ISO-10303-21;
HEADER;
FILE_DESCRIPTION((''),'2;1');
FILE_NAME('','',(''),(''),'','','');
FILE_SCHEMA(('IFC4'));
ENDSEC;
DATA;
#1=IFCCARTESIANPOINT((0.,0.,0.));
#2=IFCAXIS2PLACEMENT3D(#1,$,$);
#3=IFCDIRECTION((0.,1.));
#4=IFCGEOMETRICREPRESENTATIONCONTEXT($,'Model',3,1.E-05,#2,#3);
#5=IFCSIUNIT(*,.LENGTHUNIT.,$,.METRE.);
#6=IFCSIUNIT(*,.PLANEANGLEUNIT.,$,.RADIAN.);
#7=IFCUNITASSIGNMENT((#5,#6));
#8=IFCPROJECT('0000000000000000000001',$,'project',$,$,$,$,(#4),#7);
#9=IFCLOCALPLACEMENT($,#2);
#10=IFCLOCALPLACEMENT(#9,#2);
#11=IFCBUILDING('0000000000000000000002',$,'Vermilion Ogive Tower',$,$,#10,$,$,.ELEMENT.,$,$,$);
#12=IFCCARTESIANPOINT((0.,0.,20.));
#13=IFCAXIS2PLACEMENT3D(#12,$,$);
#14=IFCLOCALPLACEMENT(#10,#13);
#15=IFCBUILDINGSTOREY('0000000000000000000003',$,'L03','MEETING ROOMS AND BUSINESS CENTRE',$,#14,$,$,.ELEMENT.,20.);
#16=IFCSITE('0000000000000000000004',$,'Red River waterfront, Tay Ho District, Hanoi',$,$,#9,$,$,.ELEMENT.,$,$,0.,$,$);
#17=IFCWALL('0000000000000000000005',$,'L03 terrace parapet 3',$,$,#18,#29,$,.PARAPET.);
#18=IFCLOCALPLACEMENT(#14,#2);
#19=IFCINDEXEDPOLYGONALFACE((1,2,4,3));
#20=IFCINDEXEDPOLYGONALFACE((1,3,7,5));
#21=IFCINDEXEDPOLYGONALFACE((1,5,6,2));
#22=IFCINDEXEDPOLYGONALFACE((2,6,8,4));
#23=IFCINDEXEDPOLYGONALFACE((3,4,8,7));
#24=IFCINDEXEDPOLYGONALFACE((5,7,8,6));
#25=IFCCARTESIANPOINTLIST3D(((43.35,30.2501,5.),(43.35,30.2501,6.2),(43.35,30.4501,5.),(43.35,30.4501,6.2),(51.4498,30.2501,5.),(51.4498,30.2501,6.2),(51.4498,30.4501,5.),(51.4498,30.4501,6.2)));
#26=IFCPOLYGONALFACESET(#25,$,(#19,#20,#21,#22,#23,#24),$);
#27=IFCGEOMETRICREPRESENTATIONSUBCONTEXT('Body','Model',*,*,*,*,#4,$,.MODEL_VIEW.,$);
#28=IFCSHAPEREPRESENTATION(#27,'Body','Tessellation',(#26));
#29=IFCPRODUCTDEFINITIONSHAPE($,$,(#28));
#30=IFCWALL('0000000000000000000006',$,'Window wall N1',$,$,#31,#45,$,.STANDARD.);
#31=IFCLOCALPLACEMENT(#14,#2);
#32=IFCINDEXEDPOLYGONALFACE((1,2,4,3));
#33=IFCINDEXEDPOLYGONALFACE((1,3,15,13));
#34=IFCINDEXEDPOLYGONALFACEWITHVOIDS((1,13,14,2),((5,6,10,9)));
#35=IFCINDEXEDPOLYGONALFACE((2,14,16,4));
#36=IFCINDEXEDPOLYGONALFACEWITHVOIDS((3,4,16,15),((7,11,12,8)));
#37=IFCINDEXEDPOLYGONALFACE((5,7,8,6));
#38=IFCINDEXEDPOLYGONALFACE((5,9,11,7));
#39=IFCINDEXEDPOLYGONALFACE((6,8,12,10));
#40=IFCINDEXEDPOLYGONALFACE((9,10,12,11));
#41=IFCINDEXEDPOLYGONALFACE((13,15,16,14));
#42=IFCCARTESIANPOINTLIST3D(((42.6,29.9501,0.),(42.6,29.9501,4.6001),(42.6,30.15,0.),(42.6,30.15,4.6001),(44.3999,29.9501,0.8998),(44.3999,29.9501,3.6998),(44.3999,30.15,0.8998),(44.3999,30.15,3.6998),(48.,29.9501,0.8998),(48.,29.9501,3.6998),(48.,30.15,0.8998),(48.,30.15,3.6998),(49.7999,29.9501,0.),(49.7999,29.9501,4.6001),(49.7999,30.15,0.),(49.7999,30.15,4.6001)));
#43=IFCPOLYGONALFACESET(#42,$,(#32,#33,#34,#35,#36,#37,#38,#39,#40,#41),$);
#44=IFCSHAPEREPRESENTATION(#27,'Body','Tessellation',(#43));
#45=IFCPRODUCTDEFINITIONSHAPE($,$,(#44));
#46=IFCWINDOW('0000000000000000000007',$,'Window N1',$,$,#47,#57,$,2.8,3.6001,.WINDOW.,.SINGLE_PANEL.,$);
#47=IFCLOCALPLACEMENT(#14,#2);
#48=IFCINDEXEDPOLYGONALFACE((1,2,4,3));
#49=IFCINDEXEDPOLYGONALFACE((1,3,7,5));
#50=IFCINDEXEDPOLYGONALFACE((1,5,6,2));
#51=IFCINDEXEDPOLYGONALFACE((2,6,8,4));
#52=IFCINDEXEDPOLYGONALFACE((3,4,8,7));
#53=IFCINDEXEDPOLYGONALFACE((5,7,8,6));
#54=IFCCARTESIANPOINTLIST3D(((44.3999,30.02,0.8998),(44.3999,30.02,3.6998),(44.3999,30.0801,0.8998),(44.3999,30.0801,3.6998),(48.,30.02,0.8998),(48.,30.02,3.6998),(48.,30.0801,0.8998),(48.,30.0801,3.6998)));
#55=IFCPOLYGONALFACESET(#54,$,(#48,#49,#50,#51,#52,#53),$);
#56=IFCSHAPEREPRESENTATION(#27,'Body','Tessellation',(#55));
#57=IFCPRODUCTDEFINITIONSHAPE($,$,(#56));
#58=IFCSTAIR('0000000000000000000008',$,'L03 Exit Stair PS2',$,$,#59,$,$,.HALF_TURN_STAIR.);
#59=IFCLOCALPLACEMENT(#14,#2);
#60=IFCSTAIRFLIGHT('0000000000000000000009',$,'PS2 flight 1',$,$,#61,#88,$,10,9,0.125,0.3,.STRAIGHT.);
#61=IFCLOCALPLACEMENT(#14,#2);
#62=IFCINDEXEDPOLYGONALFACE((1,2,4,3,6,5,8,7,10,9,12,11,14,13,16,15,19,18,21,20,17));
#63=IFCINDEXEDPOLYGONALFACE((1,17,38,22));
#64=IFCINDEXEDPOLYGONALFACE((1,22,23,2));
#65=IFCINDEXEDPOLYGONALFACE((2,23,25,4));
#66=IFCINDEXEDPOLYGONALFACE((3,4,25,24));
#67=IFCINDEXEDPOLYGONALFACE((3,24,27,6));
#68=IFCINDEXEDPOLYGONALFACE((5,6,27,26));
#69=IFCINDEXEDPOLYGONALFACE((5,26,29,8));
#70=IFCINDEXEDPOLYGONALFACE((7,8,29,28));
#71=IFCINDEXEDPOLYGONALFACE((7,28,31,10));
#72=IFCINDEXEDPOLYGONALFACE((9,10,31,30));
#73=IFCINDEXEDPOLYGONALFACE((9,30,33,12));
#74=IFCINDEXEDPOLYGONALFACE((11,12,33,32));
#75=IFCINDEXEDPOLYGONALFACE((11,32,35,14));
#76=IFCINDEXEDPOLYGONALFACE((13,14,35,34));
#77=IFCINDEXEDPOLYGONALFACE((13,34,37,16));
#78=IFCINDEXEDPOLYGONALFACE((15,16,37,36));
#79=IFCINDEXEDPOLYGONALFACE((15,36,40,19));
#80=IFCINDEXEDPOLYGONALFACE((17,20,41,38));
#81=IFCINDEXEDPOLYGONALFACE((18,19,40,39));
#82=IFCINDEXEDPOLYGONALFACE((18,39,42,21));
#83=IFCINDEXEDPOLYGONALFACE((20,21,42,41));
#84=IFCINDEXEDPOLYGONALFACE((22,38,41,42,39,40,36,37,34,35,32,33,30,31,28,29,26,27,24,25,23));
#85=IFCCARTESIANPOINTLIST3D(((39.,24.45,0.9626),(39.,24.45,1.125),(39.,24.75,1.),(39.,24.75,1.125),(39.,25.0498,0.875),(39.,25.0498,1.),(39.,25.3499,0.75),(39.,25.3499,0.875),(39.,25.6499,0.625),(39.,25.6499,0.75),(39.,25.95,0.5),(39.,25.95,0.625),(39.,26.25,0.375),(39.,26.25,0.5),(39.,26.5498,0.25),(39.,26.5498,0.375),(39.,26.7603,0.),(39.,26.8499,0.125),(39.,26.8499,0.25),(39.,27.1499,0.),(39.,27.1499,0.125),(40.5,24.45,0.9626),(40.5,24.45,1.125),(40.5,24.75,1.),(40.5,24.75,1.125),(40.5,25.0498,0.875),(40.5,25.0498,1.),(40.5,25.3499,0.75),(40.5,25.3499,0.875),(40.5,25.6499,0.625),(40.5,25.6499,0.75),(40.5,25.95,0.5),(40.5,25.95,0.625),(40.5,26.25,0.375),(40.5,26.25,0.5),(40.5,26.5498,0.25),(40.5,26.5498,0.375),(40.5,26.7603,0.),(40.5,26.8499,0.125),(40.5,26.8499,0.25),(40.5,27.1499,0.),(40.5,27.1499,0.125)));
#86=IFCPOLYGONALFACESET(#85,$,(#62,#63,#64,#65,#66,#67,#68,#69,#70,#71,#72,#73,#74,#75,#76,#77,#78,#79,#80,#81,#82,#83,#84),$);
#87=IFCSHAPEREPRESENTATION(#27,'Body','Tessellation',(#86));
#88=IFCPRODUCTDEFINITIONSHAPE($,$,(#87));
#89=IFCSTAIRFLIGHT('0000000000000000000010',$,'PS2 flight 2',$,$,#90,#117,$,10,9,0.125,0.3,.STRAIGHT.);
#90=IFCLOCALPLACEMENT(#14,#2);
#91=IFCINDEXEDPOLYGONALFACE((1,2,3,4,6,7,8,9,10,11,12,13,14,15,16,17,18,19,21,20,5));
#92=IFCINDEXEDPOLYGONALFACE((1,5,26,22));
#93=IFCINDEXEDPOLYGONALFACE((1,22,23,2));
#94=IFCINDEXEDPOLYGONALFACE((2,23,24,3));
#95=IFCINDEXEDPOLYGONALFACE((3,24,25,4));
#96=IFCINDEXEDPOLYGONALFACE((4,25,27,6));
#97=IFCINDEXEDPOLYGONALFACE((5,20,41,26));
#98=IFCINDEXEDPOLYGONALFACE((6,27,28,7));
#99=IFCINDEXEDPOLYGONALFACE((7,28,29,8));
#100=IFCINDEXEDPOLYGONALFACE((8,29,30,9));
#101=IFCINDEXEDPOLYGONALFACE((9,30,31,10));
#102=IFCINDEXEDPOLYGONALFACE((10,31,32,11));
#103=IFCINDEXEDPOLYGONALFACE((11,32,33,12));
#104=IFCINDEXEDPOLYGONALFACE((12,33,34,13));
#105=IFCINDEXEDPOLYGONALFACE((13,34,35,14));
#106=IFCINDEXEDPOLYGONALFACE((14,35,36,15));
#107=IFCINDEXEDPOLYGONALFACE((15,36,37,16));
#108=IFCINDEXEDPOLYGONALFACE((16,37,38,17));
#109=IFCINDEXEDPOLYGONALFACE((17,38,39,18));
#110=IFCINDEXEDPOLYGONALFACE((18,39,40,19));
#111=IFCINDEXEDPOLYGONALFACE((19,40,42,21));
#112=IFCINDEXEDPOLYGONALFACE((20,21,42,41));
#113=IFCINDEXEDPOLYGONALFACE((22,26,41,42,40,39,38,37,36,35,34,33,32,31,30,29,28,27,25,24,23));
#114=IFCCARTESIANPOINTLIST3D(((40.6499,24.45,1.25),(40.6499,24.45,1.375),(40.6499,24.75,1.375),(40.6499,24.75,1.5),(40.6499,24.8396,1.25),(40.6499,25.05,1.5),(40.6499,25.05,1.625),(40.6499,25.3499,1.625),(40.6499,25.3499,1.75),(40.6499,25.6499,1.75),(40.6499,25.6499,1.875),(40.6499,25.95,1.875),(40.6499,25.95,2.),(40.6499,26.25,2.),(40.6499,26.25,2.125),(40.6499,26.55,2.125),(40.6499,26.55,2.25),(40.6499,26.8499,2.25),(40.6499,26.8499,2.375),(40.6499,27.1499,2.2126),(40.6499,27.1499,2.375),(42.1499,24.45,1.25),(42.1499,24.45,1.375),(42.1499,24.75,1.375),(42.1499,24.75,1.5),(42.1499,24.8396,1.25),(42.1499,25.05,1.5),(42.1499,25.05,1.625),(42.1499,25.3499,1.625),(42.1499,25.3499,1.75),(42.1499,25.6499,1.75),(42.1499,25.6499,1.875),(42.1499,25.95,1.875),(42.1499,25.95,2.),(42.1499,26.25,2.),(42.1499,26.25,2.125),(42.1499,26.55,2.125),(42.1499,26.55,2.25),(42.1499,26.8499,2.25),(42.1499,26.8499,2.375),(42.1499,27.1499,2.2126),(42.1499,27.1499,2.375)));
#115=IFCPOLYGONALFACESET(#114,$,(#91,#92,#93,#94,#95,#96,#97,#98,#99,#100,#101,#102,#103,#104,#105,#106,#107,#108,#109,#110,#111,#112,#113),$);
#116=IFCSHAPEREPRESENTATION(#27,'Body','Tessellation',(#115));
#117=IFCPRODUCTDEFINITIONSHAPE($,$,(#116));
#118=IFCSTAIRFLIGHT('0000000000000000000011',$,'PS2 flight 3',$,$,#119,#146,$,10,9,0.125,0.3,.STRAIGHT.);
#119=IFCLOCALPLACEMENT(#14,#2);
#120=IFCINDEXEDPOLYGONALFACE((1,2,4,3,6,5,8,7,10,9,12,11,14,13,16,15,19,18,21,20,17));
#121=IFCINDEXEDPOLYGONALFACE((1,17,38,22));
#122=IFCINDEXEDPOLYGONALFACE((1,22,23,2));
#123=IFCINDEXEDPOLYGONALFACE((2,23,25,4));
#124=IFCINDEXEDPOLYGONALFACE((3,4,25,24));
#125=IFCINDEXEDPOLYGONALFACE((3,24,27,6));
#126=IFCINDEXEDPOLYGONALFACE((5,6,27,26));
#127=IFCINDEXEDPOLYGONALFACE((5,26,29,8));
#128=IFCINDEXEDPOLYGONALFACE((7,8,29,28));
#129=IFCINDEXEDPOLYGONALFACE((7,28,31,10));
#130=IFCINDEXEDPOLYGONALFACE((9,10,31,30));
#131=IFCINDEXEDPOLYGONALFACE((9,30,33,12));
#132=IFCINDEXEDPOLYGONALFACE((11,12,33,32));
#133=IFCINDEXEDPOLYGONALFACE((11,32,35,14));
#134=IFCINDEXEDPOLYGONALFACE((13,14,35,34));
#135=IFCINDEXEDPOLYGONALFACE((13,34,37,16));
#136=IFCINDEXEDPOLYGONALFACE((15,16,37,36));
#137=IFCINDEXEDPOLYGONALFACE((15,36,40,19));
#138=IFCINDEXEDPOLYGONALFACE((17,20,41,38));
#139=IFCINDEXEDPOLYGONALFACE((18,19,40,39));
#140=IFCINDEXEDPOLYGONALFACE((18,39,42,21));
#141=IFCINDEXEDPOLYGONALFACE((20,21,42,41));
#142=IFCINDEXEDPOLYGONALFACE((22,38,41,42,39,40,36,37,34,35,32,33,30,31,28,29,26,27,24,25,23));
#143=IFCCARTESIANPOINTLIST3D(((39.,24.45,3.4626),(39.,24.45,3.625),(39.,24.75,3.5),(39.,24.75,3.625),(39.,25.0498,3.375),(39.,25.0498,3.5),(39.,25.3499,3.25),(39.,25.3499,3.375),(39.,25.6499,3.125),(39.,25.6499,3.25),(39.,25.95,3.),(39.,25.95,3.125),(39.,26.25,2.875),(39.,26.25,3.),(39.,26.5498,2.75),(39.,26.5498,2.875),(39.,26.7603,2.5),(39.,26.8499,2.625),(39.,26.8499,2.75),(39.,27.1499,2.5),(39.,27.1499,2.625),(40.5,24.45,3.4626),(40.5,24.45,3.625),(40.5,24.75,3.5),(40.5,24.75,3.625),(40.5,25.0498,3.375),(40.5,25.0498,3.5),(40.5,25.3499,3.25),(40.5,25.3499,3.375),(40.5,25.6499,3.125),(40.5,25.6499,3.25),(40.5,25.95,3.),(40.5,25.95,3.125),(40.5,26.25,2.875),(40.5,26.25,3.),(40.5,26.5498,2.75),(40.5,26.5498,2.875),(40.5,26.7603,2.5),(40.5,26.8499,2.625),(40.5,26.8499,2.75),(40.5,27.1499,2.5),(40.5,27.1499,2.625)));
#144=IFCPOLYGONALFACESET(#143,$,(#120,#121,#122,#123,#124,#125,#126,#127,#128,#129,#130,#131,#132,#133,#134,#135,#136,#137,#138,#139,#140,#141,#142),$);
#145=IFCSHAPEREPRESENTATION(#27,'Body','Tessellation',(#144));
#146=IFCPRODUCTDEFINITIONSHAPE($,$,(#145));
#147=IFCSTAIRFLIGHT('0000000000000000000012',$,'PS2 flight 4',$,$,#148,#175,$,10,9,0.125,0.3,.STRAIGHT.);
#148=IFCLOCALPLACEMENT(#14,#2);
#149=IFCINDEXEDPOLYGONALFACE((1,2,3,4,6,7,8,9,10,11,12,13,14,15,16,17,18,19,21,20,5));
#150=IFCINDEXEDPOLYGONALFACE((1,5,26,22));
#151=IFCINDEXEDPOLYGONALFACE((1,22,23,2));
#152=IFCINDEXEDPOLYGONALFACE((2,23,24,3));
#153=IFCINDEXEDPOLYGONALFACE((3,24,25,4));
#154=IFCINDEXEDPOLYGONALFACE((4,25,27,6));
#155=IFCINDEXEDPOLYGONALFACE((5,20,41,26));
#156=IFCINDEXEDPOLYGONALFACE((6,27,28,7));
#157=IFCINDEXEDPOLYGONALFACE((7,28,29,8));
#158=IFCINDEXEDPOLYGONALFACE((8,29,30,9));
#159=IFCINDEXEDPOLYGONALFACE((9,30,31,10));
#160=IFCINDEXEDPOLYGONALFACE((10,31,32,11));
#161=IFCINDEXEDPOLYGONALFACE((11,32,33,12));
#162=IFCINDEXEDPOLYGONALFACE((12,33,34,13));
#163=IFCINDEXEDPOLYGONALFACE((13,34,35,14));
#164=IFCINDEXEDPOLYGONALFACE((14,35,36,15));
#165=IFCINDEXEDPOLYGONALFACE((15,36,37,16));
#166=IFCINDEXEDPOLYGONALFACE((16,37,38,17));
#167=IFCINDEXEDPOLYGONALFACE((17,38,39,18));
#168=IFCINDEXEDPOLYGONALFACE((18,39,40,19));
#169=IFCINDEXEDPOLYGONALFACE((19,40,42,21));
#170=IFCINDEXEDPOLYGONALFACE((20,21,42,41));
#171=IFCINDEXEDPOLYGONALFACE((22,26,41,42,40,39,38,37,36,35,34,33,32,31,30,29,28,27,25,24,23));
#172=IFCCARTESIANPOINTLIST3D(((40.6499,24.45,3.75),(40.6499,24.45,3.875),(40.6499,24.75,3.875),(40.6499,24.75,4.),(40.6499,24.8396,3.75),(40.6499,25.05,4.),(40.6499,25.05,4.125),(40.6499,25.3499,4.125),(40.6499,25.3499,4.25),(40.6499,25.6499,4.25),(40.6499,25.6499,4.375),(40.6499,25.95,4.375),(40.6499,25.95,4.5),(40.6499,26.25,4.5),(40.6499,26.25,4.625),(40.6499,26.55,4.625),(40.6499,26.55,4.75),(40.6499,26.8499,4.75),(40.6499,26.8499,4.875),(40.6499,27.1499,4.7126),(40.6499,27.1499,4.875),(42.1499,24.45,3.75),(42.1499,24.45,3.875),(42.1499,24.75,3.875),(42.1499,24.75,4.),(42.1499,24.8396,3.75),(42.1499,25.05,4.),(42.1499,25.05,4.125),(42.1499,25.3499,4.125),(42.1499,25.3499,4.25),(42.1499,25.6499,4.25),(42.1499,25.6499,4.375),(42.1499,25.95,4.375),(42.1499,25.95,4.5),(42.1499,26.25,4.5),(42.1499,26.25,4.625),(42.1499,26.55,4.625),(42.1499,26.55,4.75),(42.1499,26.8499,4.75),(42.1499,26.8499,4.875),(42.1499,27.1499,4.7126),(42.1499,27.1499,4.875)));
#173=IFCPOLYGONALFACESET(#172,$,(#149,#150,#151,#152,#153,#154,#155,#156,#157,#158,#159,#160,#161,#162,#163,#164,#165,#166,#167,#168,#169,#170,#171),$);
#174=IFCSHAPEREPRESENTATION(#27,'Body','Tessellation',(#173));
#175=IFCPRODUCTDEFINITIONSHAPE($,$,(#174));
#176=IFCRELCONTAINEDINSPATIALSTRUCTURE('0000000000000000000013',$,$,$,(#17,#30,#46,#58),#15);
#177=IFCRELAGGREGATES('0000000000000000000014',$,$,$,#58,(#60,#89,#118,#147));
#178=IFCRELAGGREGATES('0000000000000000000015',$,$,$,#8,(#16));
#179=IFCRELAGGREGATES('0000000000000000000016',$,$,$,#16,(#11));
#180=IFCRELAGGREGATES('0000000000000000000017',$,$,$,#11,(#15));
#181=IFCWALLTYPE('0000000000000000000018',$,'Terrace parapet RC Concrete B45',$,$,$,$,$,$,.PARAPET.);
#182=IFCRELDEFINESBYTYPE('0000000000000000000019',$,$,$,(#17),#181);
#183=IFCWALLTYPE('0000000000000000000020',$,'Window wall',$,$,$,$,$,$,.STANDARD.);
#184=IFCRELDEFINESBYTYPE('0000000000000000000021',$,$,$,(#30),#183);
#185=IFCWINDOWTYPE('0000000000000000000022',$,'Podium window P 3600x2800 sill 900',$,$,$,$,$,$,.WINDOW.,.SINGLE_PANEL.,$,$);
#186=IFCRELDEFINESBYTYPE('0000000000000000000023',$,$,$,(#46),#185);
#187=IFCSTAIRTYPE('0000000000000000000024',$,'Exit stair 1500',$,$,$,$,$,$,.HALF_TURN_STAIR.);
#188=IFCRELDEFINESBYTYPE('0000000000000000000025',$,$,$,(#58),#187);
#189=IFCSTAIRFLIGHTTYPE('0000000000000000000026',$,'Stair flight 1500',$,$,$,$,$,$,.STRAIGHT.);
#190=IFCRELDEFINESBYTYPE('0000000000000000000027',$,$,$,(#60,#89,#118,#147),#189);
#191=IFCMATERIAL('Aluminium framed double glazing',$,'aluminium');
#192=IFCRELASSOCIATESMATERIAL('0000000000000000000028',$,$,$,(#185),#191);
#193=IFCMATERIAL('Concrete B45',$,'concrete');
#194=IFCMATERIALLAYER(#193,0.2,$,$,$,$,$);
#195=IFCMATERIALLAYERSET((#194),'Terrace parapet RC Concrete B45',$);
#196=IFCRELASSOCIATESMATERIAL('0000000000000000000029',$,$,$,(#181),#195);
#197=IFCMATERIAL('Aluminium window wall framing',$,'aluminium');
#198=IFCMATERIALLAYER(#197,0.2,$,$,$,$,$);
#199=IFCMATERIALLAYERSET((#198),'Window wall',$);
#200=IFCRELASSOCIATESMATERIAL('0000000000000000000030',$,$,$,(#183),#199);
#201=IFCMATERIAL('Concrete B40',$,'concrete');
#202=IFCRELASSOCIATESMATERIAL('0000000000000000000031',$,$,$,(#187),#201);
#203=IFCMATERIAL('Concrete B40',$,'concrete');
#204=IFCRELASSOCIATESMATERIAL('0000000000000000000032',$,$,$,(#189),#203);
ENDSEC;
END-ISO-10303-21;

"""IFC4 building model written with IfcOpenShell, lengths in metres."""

from ifc_helpers import new_model, si_unit, direction, frame, frame_2d, origin, place, context, subcontext, project, spatial, polyline, rectangle, outline, extrude, material, layer, layer_set, type_object, element, fill, aggregate, save


model = new_model("IFC4")

# Units and contexts
model_context = context("Model", 3, precision=1e-05, world=origin(), true_north=direction((0.0, 1.0)))
body_context = subcontext(model_context, "Body", "Model", "MODEL_VIEW")
ifc_project = project(units=[si_unit("LENGTHUNIT", "METRE"), si_unit("PLANEANGLEUNIT", "RADIAN")], contexts=[model_context])

# Site, building, storey
site_placement = place(None, origin())
site = spatial("IfcSite", under=ifc_project, at=site_placement, Name="Red River waterfront, Tay Ho District, Hanoi", CompositionType="ELEMENT", RefElevation=0.0)
building_placement = place(site_placement, origin())
building = spatial("IfcBuilding", under=site, at=building_placement, Name="Vermilion Ogive Tower", CompositionType="ELEMENT")
storey_placement = place(building_placement, frame((0.0, 0.0, 20.0)))
storey = spatial("IfcBuildingStorey", under=building, at=storey_placement, Name="L03", Description="MEETING ROOMS AND BUSINESS CENTRE", CompositionType="ELEMENT", Elevation=20.0)

# Shared definitions
ifc_material_1 = material(Name="Aluminium framed double glazing", Category="aluminium")
window_type = type_object("IfcWindowType", Name="Podium window P 3600x2800 sill 900", PartitioningType="SINGLE_PANEL", PredefinedType="WINDOW", material=ifc_material_1)

# Wall
ifc_material_2 = material(Name="Concrete B45", Category="concrete")
ifc_layer_1 = layer(ifc_material_2, 0.2)
ifc_layer_set_1 = layer_set([ifc_layer_1], Name="Terrace parapet RC Concrete B45")
wall_type_1 = type_object("IfcWallType", Name="Terrace parapet RC Concrete B45", PredefinedType="PARAPET", material=ifc_layer_set_1)
wall_1_placement = place(storey_placement, frame((43.3501, 30.3501, 5.0), z_axis=(0.0, 0.0, 1.0), x_axis=(1.0, 0.0, 0.0)))
element("IfcWall", 1, at=wall_1_placement, inside=storey, type_object=wall_type_1, Name="L03 terrace parapet 3", PredefinedType="PARAPET", context=body_context, shape_type="SweptSolid", body=[
    extrude(rectangle(XDim=8.0999, YDim=0.2, at=frame_2d((4.0498, 0.0))), origin(), (0.0, 0.0, 1.0), 1.2),
])

# Wall, opening, window
ifc_material_3 = material(Name="Aluminium window wall framing", Category="aluminium")
ifc_layer_2 = layer(ifc_material_3, 0.2)
ifc_layer_set_2 = layer_set([ifc_layer_2], Name="Window wall")
wall_type_2 = type_object("IfcWallType", Name="Window wall", PredefinedType="STANDARD", material=ifc_layer_set_2)
wall_2_placement = place(storey_placement, frame((49.8, 30.05, 0.0), z_axis=(0.0, 0.0, 1.0), x_axis=(-1.0, 0.0, 0.0)))
wall_2 = element("IfcWall", 2, at=wall_2_placement, inside=storey, type_object=wall_type_2, Name="Window wall N1", PredefinedType="STANDARD", context=body_context, shape_type="SweptSolid", body=[
    extrude(rectangle(XDim=7.2, YDim=0.2, at=frame_2d((3.6001, 0.0))), origin(), (0.0, 0.0, 1.0), 4.6001),
])
opening_1_placement = place(wall_2_placement, frame((1.8, 0.0, 0.8999)))
opening_1 = element("IfcOpeningElement", 3, at=opening_1_placement, cuts=wall_2, PredefinedType="OPENING", context=body_context, shape_type="SweptSolid", body=[
    extrude(rectangle(XDim=3.6001, YDim=2.8, at=frame_2d((1.8, 1.3999))), frame((0.0, 0.1099, 0.0), z_axis=(0.0, -1.0, 0.0), x_axis=(1.0, 0.0, 0.0)), (0.0, 0.0, 1.0), 0.22),
])
window_1_placement = place(opening_1_placement, origin())
window_1 = element("IfcWindow", 4, at=window_1_placement, inside=storey, type_object=window_type, Name="Window N1", OverallHeight=2.8, OverallWidth=3.6001, PartitioningType="SINGLE_PANEL", PredefinedType="WINDOW", context=body_context, shape_type="SweptSolid", body=[
    extrude(rectangle(XDim=3.6001, YDim=2.8, at=frame_2d((1.8, 1.3999))), frame((0.0, 0.03, 0.0), z_axis=(0.0, -1.0, 0.0), x_axis=(1.0, 0.0, 0.0)), (0.0, 0.0, 1.0), 0.0601),
])
fill(opening_1, window_1)

# Stair, stair flights
ifc_material_4 = material(Name="Concrete B40", Category="concrete")
stair_type = type_object("IfcStairType", Name="Exit stair 1500", PredefinedType="HALF_TURN_STAIR", material=ifc_material_4)
stair_placement = place(storey_placement, origin())
stair = element("IfcStair", 5, at=stair_placement, inside=storey, type_object=stair_type, Name="L03 Exit Stair PS2", PredefinedType="HALF_TURN_STAIR")
ifc_material_5 = material(Name="Concrete B40", Category="concrete")
stair_flight_type = type_object("IfcStairFlightType", Name="Stair flight 1500", PredefinedType="STRAIGHT", material=ifc_material_5)
stair_flight_1_placement = place(storey_placement, frame((39.75, 27.1499, 0.0), z_axis=(0.0, 0.0, 1.0), x_axis=(0.0, -1.0, 0.0)))
stair_flight_1 = element("IfcStairFlight", 6, at=stair_flight_1_placement, type_object=stair_flight_type, Name="PS2 flight 1", NumberOfRisers=10, NumberOfTreads=9, PredefinedType="STRAIGHT", RiserHeight=0.125, TreadLength=0.3, context=body_context, shape_type="SweptSolid", body=[
    extrude(outline(polyline([(0.0, 0.0), (0.0, 0.125), (0.3, 0.125), (0.3, 0.25), (0.6001, 0.25), (0.6001, 0.375), (0.8999, 0.375), (0.8999, 0.5), (1.2, 0.5), (1.2, 0.625), (1.5, 0.625), (1.5, 0.75), (1.8, 0.75), (1.8, 0.875), (2.1001, 0.875), (2.1001, 1.0), (2.3999, 1.0), (2.3999, 1.125), (2.7, 1.125), (2.7, 1.25), (2.7, 0.9626), (0.3896, 0.0), (0.0, 0.0)])), frame((0.0, 0.75, 0.0), z_axis=(0.0, -1.0, 0.0), x_axis=(1.0, 0.0, 0.0)), (0.0, 0.0, 1.0), 1.5),
])
stair_flight_2_placement = place(storey_placement, frame((41.3999, 24.45, 1.25), z_axis=(0.0, 0.0, 1.0), x_axis=(0.0, 1.0, 0.0)))
stair_flight_2 = element("IfcStairFlight", 7, at=stair_flight_2_placement, type_object=stair_flight_type, Name="PS2 flight 2", NumberOfRisers=10, NumberOfTreads=9, PredefinedType="STRAIGHT", RiserHeight=0.125, TreadLength=0.3, context=body_context, shape_type="SweptSolid", body=[
    extrude(outline(polyline([(0.0, 0.0), (0.0, 0.125), (0.3, 0.125), (0.3, 0.25), (0.6001, 0.25), (0.6001, 0.375), (0.8999, 0.375), (0.8999, 0.5), (1.2, 0.5), (1.2, 0.625), (1.5, 0.625), (1.5, 0.75), (1.8, 0.75), (1.8, 0.875), (2.1001, 0.875), (2.1001, 1.0), (2.3999, 1.0), (2.3999, 1.125), (2.7, 1.125), (2.7, 1.25), (2.7, 0.9626), (0.3896, 0.0), (0.0, 0.0)])), frame((0.0, 0.75, 0.0), z_axis=(0.0, -1.0, 0.0), x_axis=(1.0, 0.0, 0.0)), (0.0, 0.0, 1.0), 1.5),
])
stair_flight_3_placement = place(storey_placement, frame((39.75, 27.1499, 2.5), z_axis=(0.0, 0.0, 1.0), x_axis=(0.0, -1.0, 0.0)))
stair_flight_3 = element("IfcStairFlight", 8, at=stair_flight_3_placement, type_object=stair_flight_type, Name="PS2 flight 3", NumberOfRisers=10, NumberOfTreads=9, PredefinedType="STRAIGHT", RiserHeight=0.125, TreadLength=0.3, context=body_context, shape_type="SweptSolid", body=[
    extrude(outline(polyline([(0.0, 0.0), (0.0, 0.125), (0.3, 0.125), (0.3, 0.25), (0.6001, 0.25), (0.6001, 0.375), (0.8999, 0.375), (0.8999, 0.5), (1.2, 0.5), (1.2, 0.625), (1.5, 0.625), (1.5, 0.75), (1.8, 0.75), (1.8, 0.875), (2.1001, 0.875), (2.1001, 1.0), (2.3999, 1.0), (2.3999, 1.125), (2.7, 1.125), (2.7, 1.25), (2.7, 0.9626), (0.3896, 0.0), (0.0, 0.0)])), frame((0.0, 0.75, 0.0), z_axis=(0.0, -1.0, 0.0), x_axis=(1.0, 0.0, 0.0)), (0.0, 0.0, 1.0), 1.5),
])
stair_flight_4_placement = place(storey_placement, frame((41.3999, 24.45, 3.75), z_axis=(0.0, 0.0, 1.0), x_axis=(0.0, 1.0, 0.0)))
stair_flight_4 = element("IfcStairFlight", 9, at=stair_flight_4_placement, type_object=stair_flight_type, Name="PS2 flight 4", NumberOfRisers=10, NumberOfTreads=9, PredefinedType="STRAIGHT", RiserHeight=0.125, TreadLength=0.3, context=body_context, shape_type="SweptSolid", body=[
    extrude(outline(polyline([(0.0, 0.0), (0.0, 0.125), (0.3, 0.125), (0.3, 0.25), (0.6001, 0.25), (0.6001, 0.375), (0.8999, 0.375), (0.8999, 0.5), (1.2, 0.5), (1.2, 0.625), (1.5, 0.625), (1.5, 0.75), (1.8, 0.75), (1.8, 0.875), (2.1001, 0.875), (2.1001, 1.0), (2.3999, 1.0), (2.3999, 1.125), (2.7, 1.125), (2.7, 1.25), (2.7, 0.9626), (0.3896, 0.0), (0.0, 0.0)])), frame((0.0, 0.75, 0.0), z_axis=(0.0, -1.0, 0.0), x_axis=(1.0, 0.0, 0.0)), (0.0, 0.0, 1.0), 1.5),
])
aggregate(stair, [stair_flight_1, stair_flight_2, stair_flight_3, stair_flight_4])

save(model, "model.ifc")
